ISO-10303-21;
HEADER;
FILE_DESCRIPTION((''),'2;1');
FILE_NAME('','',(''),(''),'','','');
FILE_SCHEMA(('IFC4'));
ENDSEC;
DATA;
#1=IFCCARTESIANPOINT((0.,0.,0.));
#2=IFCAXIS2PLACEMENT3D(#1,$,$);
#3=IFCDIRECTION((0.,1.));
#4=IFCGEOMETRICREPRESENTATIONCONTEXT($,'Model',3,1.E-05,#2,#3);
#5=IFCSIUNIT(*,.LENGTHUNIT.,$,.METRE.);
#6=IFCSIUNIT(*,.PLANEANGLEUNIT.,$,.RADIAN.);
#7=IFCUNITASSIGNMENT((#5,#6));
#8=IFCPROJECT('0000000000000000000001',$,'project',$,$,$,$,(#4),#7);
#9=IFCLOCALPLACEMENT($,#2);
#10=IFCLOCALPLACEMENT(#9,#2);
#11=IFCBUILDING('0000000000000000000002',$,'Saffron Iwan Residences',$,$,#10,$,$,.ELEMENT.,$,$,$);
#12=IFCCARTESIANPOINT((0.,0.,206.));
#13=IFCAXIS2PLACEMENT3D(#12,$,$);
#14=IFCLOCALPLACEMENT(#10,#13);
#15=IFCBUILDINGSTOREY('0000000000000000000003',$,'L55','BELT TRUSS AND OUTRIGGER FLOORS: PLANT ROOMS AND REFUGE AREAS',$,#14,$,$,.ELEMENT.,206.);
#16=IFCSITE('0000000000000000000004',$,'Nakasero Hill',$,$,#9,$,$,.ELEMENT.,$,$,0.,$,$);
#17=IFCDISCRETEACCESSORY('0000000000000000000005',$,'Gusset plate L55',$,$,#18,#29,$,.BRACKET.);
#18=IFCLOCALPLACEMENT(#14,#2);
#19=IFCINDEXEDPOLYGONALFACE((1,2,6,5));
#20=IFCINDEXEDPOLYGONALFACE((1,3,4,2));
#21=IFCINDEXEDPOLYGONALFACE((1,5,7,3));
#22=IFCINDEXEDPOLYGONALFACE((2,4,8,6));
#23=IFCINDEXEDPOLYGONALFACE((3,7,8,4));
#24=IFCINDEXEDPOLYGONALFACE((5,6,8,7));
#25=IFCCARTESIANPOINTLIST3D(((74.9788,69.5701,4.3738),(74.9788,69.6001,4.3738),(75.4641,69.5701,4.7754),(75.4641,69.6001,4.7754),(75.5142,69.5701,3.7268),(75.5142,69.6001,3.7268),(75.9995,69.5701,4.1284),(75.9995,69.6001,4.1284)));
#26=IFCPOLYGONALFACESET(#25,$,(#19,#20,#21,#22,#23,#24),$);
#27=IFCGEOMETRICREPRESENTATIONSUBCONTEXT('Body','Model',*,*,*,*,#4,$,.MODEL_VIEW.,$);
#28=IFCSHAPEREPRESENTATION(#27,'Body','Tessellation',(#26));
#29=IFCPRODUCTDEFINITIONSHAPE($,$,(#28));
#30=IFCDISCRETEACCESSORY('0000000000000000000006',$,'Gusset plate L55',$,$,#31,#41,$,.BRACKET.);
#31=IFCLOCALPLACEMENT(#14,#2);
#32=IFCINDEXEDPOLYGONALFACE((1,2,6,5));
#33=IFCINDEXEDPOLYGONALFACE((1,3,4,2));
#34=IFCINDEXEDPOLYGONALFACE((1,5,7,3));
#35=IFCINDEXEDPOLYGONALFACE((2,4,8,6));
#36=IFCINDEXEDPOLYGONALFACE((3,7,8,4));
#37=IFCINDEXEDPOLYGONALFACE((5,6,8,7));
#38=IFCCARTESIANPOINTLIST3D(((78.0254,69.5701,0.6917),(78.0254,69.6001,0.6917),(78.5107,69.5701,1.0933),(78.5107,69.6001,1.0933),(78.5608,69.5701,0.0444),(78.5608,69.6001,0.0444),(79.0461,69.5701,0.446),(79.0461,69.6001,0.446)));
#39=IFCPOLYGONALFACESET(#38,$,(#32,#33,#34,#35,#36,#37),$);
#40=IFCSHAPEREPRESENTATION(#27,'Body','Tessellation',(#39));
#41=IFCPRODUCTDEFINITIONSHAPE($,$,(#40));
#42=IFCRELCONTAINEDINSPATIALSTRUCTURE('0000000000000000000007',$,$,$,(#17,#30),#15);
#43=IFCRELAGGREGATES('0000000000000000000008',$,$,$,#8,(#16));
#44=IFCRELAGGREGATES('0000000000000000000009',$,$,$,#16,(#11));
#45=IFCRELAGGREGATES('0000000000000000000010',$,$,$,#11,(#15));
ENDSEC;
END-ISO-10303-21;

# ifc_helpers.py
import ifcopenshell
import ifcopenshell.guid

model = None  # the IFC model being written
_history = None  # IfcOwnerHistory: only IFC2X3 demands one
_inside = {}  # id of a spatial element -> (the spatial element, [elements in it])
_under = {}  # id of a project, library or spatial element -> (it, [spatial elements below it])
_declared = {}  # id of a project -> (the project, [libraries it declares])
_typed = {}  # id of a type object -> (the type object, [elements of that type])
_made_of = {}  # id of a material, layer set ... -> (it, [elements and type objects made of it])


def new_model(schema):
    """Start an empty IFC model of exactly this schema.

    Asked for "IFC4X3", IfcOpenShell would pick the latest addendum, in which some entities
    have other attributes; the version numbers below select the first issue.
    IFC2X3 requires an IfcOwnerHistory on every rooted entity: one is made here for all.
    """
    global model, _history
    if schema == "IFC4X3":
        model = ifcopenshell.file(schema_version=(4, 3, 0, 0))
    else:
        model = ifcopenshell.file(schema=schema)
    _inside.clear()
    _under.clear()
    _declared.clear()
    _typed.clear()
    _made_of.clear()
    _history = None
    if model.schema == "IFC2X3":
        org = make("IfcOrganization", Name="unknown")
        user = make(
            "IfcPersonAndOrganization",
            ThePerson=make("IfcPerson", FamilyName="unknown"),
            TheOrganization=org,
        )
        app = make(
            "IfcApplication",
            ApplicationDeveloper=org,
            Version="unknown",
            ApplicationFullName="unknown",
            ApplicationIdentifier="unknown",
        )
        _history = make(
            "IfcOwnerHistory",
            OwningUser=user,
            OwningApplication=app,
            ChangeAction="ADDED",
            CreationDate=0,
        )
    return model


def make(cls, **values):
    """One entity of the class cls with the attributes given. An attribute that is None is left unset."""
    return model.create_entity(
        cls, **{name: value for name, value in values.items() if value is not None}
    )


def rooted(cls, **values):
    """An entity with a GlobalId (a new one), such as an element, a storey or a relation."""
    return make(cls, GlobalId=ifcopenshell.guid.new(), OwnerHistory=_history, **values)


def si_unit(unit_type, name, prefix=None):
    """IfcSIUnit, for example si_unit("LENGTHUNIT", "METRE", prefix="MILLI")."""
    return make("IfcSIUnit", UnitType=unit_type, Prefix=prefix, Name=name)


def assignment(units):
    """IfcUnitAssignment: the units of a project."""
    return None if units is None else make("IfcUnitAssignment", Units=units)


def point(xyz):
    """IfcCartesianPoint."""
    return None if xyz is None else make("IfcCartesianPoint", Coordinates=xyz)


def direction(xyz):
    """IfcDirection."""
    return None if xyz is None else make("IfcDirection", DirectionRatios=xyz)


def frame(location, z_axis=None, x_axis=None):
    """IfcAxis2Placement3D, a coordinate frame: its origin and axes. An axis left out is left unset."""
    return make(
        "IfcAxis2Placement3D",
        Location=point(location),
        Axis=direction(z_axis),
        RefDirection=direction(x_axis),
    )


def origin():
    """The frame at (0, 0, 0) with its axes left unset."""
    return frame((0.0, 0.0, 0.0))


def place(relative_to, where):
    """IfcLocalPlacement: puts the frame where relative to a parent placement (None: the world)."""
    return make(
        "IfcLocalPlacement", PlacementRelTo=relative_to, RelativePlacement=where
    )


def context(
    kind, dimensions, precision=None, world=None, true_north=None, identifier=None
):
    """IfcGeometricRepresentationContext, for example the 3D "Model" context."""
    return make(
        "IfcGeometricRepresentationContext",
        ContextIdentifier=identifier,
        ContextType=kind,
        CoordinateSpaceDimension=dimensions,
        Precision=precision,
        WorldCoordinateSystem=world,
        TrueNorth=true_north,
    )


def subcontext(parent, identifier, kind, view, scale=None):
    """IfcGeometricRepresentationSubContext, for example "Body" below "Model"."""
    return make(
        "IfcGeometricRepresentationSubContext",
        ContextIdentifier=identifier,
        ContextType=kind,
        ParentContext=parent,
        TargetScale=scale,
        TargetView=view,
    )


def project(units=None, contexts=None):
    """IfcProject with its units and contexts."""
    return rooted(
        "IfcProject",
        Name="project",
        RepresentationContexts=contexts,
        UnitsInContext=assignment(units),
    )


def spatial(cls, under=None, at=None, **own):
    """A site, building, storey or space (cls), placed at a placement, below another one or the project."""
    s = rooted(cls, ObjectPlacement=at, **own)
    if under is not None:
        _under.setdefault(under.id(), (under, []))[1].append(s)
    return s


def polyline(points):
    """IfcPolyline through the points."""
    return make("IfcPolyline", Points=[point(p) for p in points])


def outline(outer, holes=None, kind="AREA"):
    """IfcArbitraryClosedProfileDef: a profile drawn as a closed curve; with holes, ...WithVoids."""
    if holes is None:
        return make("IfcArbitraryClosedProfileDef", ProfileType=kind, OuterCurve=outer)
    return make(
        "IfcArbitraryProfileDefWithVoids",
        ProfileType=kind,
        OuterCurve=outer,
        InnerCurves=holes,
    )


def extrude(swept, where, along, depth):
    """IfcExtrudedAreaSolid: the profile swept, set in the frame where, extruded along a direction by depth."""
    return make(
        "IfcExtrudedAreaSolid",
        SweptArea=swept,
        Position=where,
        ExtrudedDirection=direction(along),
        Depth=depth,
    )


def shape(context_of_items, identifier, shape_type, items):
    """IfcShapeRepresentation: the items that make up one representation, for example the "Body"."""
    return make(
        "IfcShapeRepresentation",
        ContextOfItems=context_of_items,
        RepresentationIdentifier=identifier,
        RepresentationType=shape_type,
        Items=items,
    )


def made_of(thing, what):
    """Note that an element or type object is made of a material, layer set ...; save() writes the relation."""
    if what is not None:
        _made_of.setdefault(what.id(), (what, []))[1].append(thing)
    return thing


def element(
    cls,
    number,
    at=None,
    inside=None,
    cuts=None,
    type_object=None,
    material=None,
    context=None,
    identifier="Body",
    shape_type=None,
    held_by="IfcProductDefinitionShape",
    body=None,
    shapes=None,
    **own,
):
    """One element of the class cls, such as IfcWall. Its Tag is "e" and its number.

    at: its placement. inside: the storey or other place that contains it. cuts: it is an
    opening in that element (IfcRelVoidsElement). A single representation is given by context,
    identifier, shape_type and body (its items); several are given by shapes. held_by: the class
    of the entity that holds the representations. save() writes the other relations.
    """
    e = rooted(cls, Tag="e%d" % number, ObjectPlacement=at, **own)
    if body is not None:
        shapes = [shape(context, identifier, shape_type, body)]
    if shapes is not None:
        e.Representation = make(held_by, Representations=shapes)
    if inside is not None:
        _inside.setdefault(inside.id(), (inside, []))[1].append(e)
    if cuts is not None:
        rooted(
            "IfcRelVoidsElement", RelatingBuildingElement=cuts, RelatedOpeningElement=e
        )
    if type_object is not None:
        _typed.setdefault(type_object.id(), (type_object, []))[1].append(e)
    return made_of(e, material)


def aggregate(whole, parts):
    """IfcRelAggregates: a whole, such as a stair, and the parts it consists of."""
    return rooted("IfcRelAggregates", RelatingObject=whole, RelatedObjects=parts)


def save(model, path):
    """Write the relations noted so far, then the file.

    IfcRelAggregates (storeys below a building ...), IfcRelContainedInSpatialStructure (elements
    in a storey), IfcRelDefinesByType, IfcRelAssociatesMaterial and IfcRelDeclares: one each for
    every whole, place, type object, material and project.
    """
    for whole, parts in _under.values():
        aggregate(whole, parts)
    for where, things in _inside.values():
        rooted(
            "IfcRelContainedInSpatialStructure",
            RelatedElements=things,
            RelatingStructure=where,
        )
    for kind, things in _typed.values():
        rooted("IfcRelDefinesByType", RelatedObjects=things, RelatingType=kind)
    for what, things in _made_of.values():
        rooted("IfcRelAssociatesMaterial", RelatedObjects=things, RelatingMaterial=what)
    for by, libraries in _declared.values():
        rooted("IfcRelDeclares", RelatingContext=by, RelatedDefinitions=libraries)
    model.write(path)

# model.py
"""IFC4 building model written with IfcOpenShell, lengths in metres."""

from ifc_helpers import new_model, si_unit, direction, frame, origin, place, context, subcontext, project, spatial, polyline, outline, extrude, element, save


model = new_model("IFC4")

# Units and contexts
model_context = context("Model", 3, precision=1e-05, world=origin(), true_north=direction((0.0, 1.0)))
body_context = subcontext(model_context, "Body", "Model", "MODEL_VIEW")
ifc_project = project(units=[si_unit("LENGTHUNIT", "METRE"), si_unit("PLANEANGLEUNIT", "RADIAN")], contexts=[model_context])

# Site, building, storey
site_placement = place(None, origin())
site = spatial("IfcSite", under=ifc_project, at=site_placement, Name="Nakasero Hill", CompositionType="ELEMENT", RefElevation=0.0)
building_placement = place(site_placement, origin())
building = spatial("IfcBuilding", under=site, at=building_placement, Name="Saffron Iwan Residences", CompositionType="ELEMENT")
storey_placement = place(building_placement, frame((0.0, 0.0, 206.0)))
storey = spatial("IfcBuildingStorey", under=building, at=storey_placement, Name="L55", Description="BELT TRUSS AND OUTRIGGER FLOORS: PLANT ROOMS AND REFUGE AREAS", CompositionType="ELEMENT", Elevation=206.0)

# Discrete accessories
discrete_accessory_1_placement = place(storey_placement, frame((75.4641, 69.6001, 4.7754), z_axis=(0.0, 1.0, 0.0), x_axis=(0.63755, 0.0, -0.770409)))
element("IfcDiscreteAccessory", 1, at=discrete_accessory_1_placement, inside=storey, Name="Gusset plate L55", PredefinedType="BRACKET", context=body_context, shape_type="SweptSolid", body=[
    extrude(outline(polyline([(0.0, 0.0), (0.8398, 0.0), (0.8397, 0.63), (0.0, 0.63), (0.0, 0.0)])), origin(), (0.0, 0.0, -1.0), 0.03),
])
discrete_accessory_2_placement = place(storey_placement, frame((78.5608, 69.6001, 0.0444), z_axis=(0.0, 1.0, 0.0), x_axis=(-0.637407, 0.0, 0.770527)))
element("IfcDiscreteAccessory", 2, at=discrete_accessory_2_placement, inside=storey, Name="Gusset plate L55", PredefinedType="BRACKET", context=body_context, shape_type="SweptSolid", body=[
    extrude(outline(polyline([(0.0, 0.0), (0.84, 0.0), (0.8401, 0.63), (0.0001, 0.63), (0.0, 0.0)])), origin(), (0.0, 0.0, -1.0), 0.03),
])

save(model, "model.ifc")
